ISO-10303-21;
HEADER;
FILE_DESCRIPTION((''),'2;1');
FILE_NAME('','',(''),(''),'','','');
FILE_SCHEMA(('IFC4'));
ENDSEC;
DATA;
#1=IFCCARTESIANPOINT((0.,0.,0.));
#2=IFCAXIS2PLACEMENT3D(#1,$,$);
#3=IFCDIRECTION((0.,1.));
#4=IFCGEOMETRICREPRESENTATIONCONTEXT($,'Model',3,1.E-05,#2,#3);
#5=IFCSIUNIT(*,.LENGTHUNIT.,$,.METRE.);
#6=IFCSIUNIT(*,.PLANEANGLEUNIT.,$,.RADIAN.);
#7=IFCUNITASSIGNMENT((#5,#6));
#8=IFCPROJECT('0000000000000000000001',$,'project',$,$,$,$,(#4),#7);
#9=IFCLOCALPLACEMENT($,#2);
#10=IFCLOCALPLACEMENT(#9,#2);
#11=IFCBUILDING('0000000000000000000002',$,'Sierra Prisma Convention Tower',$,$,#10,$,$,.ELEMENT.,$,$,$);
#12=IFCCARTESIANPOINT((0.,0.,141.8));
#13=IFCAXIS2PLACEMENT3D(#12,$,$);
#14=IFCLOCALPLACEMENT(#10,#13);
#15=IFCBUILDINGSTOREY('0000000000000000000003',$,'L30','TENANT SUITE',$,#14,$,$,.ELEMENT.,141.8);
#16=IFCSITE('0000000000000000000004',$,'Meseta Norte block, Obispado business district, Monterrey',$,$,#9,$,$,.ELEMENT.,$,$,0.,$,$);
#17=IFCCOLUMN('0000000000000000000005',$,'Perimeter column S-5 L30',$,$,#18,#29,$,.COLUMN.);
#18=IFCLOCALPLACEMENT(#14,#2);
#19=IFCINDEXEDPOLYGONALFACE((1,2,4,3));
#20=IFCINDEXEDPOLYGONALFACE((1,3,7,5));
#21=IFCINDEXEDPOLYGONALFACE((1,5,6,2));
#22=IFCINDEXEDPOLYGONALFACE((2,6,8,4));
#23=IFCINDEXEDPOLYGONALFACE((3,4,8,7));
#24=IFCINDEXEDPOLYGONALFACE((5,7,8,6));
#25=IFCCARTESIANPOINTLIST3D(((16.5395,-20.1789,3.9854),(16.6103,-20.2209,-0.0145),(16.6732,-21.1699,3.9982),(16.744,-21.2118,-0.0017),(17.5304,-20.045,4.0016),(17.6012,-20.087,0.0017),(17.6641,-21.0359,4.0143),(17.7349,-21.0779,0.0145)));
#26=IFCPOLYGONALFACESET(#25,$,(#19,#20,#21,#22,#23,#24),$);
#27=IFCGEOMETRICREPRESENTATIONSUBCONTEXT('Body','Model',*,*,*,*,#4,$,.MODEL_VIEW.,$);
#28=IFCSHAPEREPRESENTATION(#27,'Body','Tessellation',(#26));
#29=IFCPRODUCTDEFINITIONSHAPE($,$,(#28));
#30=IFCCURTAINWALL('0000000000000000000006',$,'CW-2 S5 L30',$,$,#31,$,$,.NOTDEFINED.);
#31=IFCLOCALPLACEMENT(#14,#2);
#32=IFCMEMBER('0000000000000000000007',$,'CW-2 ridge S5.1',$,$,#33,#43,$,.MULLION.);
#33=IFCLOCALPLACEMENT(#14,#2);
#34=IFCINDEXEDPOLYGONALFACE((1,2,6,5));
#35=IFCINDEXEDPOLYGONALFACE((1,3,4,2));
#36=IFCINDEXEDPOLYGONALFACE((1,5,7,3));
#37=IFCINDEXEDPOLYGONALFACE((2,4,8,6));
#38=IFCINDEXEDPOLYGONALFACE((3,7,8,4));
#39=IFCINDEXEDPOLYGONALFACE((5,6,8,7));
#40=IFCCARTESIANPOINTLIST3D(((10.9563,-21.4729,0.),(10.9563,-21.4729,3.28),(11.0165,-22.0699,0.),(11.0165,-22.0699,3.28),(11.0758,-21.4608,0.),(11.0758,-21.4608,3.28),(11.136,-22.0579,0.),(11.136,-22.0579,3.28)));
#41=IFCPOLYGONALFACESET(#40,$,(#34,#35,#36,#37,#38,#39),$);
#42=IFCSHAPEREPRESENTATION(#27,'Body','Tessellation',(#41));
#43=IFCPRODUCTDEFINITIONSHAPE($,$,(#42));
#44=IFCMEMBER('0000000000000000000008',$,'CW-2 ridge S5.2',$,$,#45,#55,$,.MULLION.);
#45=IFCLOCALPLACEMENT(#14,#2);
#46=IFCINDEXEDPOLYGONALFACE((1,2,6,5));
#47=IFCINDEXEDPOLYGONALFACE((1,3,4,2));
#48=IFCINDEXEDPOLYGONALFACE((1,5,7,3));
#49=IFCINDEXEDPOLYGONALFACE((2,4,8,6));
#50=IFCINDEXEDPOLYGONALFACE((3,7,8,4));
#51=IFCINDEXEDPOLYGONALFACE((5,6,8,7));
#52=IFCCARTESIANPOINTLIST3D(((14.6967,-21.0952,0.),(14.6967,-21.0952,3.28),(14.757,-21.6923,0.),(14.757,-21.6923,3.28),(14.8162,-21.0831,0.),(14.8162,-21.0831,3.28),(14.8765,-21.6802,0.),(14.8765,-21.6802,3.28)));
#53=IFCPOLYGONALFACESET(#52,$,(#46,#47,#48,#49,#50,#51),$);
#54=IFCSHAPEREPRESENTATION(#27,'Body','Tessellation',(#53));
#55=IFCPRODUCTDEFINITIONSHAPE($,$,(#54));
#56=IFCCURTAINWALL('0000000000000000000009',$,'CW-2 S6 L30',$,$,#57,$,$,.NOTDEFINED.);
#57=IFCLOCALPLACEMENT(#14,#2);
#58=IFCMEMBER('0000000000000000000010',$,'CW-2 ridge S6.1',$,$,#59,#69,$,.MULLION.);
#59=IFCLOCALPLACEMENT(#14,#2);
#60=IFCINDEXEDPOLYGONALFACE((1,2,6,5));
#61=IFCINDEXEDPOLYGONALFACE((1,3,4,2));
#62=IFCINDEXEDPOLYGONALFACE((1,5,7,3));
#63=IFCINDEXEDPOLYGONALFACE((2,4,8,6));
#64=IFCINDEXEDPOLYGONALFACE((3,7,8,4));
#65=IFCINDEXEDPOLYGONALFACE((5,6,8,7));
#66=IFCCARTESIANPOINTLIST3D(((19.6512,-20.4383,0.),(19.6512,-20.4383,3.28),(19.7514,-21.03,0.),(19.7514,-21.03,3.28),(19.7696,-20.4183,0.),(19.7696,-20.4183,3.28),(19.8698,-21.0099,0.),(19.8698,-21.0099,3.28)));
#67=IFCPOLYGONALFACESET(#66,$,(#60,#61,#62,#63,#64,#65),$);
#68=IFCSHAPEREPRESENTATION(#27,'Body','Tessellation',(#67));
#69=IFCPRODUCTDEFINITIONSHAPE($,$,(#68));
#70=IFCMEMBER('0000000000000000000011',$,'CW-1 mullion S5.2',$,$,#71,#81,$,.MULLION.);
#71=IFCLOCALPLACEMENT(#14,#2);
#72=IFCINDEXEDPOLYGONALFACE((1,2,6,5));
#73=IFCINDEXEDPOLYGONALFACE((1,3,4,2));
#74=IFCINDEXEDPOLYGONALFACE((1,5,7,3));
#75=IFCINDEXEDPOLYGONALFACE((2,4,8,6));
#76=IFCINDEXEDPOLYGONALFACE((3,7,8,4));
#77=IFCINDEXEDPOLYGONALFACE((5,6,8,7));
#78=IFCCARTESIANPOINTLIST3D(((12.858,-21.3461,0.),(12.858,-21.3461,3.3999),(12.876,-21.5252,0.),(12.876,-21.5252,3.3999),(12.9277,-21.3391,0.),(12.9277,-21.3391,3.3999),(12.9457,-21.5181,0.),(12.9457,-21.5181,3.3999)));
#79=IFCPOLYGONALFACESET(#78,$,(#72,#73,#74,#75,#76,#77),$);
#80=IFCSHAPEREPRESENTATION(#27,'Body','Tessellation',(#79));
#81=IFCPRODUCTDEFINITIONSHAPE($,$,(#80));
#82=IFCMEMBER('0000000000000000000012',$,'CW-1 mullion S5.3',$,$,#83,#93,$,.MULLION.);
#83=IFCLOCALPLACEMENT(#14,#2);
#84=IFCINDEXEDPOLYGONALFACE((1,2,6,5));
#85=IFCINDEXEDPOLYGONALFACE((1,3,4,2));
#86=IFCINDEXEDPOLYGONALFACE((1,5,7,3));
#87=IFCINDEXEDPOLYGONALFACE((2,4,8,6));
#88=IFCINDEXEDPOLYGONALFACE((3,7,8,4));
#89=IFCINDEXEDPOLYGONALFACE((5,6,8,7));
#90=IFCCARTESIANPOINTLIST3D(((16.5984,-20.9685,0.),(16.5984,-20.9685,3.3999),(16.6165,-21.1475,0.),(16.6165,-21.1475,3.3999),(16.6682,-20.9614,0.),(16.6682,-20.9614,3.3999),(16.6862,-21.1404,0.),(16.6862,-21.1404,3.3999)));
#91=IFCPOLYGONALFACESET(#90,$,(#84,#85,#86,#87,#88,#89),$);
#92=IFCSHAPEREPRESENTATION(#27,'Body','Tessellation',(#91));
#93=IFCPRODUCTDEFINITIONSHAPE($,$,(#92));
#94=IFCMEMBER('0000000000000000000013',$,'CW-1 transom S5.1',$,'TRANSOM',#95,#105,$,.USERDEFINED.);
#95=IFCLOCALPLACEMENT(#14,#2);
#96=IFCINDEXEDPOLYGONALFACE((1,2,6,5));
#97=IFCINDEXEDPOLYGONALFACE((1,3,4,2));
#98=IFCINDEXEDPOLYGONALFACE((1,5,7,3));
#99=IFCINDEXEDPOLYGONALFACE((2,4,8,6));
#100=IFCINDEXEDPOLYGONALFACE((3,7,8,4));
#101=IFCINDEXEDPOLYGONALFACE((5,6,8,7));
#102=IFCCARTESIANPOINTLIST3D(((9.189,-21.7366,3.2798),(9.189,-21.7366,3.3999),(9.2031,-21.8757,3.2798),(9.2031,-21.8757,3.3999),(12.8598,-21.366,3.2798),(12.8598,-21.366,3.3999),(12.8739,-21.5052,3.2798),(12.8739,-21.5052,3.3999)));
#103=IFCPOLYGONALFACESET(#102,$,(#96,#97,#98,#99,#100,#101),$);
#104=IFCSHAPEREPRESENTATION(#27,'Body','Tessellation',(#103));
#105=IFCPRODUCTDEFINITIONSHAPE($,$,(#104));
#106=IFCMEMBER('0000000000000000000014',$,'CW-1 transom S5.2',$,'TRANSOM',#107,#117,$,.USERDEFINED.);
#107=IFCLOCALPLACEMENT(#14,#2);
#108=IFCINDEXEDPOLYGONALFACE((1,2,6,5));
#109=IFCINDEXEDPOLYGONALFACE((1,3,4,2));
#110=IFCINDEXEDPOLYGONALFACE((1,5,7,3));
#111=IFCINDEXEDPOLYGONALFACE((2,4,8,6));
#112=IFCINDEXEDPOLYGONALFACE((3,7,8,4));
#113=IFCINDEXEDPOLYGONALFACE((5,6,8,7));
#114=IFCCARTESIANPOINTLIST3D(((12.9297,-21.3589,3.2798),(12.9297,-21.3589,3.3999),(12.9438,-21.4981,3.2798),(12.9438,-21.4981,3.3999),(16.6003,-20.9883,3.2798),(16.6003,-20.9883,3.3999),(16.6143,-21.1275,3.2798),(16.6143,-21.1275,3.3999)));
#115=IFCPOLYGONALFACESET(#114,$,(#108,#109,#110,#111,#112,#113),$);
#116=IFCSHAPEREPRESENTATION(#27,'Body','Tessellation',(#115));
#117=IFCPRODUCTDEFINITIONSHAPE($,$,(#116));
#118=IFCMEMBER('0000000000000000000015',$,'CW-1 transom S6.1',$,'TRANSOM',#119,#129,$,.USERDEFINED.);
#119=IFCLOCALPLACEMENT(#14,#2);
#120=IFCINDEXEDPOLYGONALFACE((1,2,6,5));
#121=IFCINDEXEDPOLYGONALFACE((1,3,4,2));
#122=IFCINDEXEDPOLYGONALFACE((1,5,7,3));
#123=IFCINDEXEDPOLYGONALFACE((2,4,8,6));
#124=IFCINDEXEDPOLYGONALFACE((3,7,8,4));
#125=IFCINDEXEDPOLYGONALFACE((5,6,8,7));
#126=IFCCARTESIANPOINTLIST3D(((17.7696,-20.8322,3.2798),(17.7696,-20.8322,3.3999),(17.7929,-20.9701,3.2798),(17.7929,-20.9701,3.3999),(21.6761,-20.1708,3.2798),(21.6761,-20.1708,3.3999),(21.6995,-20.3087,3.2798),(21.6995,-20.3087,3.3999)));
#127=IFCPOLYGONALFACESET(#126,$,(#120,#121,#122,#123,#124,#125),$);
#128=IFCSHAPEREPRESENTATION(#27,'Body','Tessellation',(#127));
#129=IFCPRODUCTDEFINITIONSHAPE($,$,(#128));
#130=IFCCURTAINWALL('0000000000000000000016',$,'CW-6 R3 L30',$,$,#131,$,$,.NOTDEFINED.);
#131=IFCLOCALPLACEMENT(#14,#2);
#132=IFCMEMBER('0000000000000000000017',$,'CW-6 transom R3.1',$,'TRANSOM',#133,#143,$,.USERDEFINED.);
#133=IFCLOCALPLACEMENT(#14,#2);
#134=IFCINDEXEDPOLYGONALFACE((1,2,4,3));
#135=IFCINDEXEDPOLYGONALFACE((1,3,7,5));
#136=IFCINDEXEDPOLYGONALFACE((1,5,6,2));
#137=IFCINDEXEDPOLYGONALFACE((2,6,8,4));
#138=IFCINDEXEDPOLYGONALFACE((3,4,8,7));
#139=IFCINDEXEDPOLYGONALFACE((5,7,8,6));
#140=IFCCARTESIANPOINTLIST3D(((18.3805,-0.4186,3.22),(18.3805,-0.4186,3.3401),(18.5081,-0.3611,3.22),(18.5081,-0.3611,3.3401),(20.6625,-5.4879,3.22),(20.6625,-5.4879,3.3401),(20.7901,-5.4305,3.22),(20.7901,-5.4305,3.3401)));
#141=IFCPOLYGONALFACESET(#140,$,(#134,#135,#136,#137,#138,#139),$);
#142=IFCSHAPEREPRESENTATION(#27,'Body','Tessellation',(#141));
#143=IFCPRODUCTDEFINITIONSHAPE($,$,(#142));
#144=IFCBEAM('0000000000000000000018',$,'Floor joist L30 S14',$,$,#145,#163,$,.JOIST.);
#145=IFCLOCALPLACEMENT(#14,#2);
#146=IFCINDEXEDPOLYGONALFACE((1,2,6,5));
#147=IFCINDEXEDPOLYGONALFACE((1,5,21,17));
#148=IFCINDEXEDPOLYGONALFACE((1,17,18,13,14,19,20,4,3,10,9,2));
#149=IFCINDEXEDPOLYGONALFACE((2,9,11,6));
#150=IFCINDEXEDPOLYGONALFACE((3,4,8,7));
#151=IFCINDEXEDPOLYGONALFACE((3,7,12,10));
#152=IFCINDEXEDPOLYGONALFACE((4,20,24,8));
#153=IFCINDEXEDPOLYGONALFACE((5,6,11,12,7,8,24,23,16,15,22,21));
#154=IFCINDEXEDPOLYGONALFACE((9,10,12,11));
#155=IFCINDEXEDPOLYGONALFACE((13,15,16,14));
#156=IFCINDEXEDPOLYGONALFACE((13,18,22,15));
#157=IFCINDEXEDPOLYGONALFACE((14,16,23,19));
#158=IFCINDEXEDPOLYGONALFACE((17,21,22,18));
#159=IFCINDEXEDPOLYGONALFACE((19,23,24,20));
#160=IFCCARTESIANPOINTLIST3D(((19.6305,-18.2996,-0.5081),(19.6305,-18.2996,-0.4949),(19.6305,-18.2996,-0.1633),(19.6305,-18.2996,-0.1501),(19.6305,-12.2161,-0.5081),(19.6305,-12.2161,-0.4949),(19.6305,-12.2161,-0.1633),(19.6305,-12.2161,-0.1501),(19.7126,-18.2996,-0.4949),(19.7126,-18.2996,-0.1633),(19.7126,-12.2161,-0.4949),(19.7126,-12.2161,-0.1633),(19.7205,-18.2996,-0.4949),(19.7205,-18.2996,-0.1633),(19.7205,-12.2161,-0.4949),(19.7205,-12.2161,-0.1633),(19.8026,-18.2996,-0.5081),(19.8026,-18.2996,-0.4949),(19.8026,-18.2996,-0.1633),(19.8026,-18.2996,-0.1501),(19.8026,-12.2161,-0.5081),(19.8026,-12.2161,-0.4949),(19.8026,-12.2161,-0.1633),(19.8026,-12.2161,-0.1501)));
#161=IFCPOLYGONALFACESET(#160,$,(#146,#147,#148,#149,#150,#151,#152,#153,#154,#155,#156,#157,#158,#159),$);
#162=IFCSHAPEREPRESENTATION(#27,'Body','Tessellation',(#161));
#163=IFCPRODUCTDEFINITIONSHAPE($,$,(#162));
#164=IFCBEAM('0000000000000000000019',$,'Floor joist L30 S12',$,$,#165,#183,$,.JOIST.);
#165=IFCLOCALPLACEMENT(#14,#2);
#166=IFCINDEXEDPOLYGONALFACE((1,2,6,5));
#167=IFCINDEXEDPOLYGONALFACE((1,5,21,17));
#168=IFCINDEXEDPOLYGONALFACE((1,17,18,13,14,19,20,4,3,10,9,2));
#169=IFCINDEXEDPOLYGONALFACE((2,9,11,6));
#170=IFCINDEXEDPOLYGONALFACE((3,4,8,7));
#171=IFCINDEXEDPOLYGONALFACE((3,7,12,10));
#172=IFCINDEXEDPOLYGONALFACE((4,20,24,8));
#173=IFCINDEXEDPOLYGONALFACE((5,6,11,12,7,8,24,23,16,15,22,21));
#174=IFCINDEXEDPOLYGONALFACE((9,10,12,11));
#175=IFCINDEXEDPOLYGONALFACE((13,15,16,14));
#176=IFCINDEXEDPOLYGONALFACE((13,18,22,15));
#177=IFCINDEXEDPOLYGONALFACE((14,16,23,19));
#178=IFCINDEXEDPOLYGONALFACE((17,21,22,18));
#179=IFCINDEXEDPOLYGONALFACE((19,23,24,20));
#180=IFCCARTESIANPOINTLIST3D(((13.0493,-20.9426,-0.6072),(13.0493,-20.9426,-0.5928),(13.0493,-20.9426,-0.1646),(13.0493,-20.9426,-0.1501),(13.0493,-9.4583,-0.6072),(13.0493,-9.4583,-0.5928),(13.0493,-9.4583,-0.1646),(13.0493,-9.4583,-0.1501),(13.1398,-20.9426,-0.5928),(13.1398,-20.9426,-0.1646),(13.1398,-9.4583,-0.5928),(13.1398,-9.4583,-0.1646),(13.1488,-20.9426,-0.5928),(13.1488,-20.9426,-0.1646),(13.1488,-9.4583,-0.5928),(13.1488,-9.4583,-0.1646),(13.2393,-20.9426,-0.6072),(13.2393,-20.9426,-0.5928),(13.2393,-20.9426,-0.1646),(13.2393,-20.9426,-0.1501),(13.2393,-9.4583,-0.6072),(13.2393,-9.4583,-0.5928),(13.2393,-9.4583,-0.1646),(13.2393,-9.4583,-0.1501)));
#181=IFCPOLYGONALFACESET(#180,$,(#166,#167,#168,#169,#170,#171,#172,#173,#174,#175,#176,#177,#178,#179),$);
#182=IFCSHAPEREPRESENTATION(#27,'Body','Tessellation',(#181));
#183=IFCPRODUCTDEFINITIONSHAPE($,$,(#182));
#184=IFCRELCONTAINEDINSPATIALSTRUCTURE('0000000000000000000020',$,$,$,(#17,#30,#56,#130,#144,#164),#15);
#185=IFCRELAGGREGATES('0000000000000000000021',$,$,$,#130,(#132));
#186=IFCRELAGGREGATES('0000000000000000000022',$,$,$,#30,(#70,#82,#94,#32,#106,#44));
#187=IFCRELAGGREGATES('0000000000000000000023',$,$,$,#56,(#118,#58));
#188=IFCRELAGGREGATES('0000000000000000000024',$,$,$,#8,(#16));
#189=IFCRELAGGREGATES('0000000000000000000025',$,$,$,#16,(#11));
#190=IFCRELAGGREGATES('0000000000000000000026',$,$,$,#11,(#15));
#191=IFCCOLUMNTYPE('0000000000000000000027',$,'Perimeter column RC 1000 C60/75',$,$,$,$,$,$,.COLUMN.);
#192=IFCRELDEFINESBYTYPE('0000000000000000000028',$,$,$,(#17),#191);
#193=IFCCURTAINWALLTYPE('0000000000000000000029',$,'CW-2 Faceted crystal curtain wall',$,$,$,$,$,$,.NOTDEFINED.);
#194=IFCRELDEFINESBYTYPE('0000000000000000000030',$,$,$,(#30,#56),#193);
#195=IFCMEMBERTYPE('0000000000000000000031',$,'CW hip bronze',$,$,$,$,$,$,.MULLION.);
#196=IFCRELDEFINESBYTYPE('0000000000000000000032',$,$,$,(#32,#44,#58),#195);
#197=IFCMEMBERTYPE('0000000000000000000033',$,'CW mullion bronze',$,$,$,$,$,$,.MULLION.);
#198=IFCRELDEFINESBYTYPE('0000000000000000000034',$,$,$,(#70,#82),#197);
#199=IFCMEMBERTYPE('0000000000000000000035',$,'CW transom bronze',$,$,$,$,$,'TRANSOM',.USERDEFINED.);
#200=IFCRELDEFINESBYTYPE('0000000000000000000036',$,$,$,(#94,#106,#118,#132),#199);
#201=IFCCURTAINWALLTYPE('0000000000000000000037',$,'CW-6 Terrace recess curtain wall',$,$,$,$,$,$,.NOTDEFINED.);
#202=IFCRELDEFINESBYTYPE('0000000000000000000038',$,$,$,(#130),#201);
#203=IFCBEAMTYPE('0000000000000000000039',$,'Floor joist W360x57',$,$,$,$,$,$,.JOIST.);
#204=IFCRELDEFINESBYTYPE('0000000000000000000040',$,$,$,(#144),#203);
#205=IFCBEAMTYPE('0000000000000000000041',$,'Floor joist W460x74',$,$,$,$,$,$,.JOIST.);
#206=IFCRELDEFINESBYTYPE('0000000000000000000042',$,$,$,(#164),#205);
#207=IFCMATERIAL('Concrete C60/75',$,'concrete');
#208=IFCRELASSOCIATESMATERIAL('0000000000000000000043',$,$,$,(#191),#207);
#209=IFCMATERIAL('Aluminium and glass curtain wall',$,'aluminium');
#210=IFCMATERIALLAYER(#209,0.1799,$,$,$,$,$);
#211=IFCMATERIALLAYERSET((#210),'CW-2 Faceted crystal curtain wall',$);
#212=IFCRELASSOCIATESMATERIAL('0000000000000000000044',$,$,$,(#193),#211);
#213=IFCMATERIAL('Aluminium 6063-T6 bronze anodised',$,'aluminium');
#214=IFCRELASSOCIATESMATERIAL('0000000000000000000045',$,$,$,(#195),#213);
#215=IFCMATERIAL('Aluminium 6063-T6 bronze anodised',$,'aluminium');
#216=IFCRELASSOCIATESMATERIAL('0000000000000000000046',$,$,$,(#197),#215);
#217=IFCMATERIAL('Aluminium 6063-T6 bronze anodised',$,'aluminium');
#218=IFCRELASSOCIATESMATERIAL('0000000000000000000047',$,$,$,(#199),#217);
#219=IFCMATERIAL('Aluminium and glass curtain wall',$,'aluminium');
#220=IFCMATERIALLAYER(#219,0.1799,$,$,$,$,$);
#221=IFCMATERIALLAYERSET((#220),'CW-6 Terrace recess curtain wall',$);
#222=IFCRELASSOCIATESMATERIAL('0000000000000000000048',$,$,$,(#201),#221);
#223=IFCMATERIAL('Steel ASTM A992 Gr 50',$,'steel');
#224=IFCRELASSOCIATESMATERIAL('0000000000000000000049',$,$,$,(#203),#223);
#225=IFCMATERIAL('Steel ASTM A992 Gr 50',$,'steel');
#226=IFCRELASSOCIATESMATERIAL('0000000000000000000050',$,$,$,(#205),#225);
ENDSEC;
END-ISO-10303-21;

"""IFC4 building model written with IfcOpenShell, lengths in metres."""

from ifc_helpers import new_model, si_unit, direction, frame, origin, origin_2d, place, context, subcontext, project, spatial, rectangle, i_section, extrude, material, layer, layer_set, material_profile, profile_set, type_object, element, aggregate, save


model = new_model("IFC4")

# Units and contexts
model_context = context("Model", 3, precision=1e-05, world=origin(), true_north=direction((0.0, 1.0)))
body_context = subcontext(model_context, "Body", "Model", "MODEL_VIEW")
ifc_project = project(units=[si_unit("LENGTHUNIT", "METRE"), si_unit("PLANEANGLEUNIT", "RADIAN")], contexts=[model_context])

# Site, building, storey
site_placement = place(None, origin())
site = spatial("IfcSite", under=ifc_project, at=site_placement, Name="Meseta Norte block, Obispado business district, Monterrey", CompositionType="ELEMENT", RefElevation=0.0)
building_placement = place(site_placement, origin())
building = spatial("IfcBuilding", under=site, at=building_placement, Name="Sierra Prisma Convention Tower", CompositionType="ELEMENT")
storey_placement = place(building_placement, frame((0.0, 0.0, 141.8)))
storey = spatial("IfcBuildingStorey", under=building, at=storey_placement, Name="L30", Description="TENANT SUITE", CompositionType="ELEMENT", Elevation=141.8)

# Column
ifc_material_1 = material(Name="Concrete C60/75", Category="concrete")
ifc_material_profile_1 = material_profile(ifc_material_1, rectangle(XDim=1.0, YDim=1.0, at=origin_2d()), Name="Perimeter column RC 1000 C60/75")
ifc_profile_set_1 = profile_set([ifc_material_profile_1], Name="Concrete C60/75")
column_type = type_object("IfcColumnType", Name="Perimeter column RC 1000 C60/75", PredefinedType="COLUMN", material=ifc_profile_set_1)
column_placement = place(storey_placement, frame((17.1726, -20.6494, 0.0), z_axis=(-0.017696, 0.010496, 0.999788), x_axis=(0.990861, 0.133919, 0.016133)))
element("IfcColumn", 1, at=column_placement, inside=storey, type_object=column_type, Name="Perimeter column S-5 L30", PredefinedType="COLUMN", context=body_context, shape_type="SweptSolid", body=[
    extrude(rectangle(XDim=1.0, YDim=1.0, at=origin_2d()), origin(), (0.0, 0.0, 1.0), 4.0007),
])

# Curtain wall, members
ifc_material_2 = material(Name="Aluminium and glass curtain wall", Category="aluminium")
ifc_layer_1 = layer(ifc_material_2, 0.1799)
ifc_layer_set_1 = layer_set([ifc_layer_1], Name="CW-2 Faceted crystal curtain wall")
curtain_wall_type_1 = type_object("IfcCurtainWallType", Name="CW-2 Faceted crystal curtain wall", PredefinedType="NOTDEFINED", material=ifc_layer_set_1)
curtain_wall_1_placement = place(storey_placement, origin())
curtain_wall_1 = element("IfcCurtainWall", 2, at=curtain_wall_1_placement, inside=storey, type_object=curtain_wall_type_1, Name="CW-2 S5 L30", PredefinedType="NOTDEFINED")
ifc_material_3 = material(Name="Aluminium 6063-T6 bronze anodised", Category="aluminium")
ifc_material_profile_2 = material_profile(ifc_material_3, rectangle(XDim=0.1201, YDim=0.6001, at=origin_2d()), Name="ALU RIDGE BLADE 120x600")
ifc_profile_set_2 = profile_set([ifc_material_profile_2], Name="Aluminium 6063-T6 bronze anodised")
member_type_1 = type_object("IfcMemberType", Name="CW hip bronze", PredefinedType="MULLION", material=ifc_profile_set_2)
member_1_placement = place(storey_placement, frame((11.0461, -21.7654, 0.0), z_axis=(0.0, 0.0, 1.0), x_axis=(0.994943, 0.100439, 0.0)))
member_1 = element("IfcMember", 3, at=member_1_placement, type_object=member_type_1, Name="CW-2 ridge S5.1", PredefinedType="MULLION", context=body_context, shape_type="SweptSolid", body=[
    extrude(rectangle(XDim=0.1201, YDim=0.6001, at=origin_2d()), origin(), (0.0, 0.0, 1.0), 3.28),
])
member_2_placement = place(storey_placement, frame((14.7866, -21.3877, 0.0), z_axis=(0.0, 0.0, 1.0), x_axis=(0.994943, 0.100439, 0.0)))
member_2 = element("IfcMember", 4, at=member_2_placement, type_object=member_type_1, Name="CW-2 ridge S5.2", PredefinedType="MULLION", context=body_context, shape_type="SweptSolid", body=[
    extrude(rectangle(XDim=0.1201, YDim=0.6001, at=origin_2d()), origin(), (0.0, 0.0, 1.0), 3.28),
])

# Curtain wall, member
curtain_wall_2_placement = place(storey_placement, origin())
curtain_wall_2 = element("IfcCurtainWall", 5, at=curtain_wall_2_placement, inside=storey, type_object=curtain_wall_type_1, Name="CW-2 S6 L30", PredefinedType="NOTDEFINED")
member_3_placement = place(storey_placement, frame((19.7605, -20.7241, 0.0), z_axis=(0.0, 0.0, 1.0), x_axis=(0.985975, 0.166896, 0.0)))
member_3 = element("IfcMember", 6, at=member_3_placement, type_object=member_type_1, Name="CW-2 ridge S6.1", PredefinedType="MULLION", context=body_context, shape_type="SweptSolid", body=[
    extrude(rectangle(XDim=0.1201, YDim=0.6001, at=origin_2d()), origin(), (0.0, 0.0, 1.0), 3.28),
])

# Members
ifc_material_4 = material(Name="Aluminium 6063-T6 bronze anodised", Category="aluminium")
ifc_material_profile_3 = material_profile(ifc_material_4, rectangle(XDim=0.1799, YDim=0.0701, at=origin_2d()), Name="ALU MULLION 70x180")
ifc_profile_set_3 = profile_set([ifc_material_profile_3], Name="Aluminium 6063-T6 bronze anodised")
member_type_2 = type_object("IfcMemberType", Name="CW mullion bronze", PredefinedType="MULLION", material=ifc_profile_set_3)
member_4_placement = place(storey_placement, frame((12.9019, -21.4321, 0.0), z_axis=(0.0, 0.0, 1.0), x_axis=(-0.100439, 0.994943, 0.0)))
member_4 = element("IfcMember", 7, at=member_4_placement, type_object=member_type_2, Name="CW-1 mullion S5.2", PredefinedType="MULLION", context=body_context, shape_type="SweptSolid", body=[
    extrude(rectangle(XDim=0.1799, YDim=0.0701, at=origin_2d()), origin(), (0.0, 0.0, 1.0), 3.3999),
])
member_5_placement = place(storey_placement, frame((16.6423, -21.0544, 0.0), z_axis=(0.0, 0.0, 1.0), x_axis=(-0.100439, 0.994943, 0.0)))
member_5 = element("IfcMember", 8, at=member_5_placement, type_object=member_type_2, Name="CW-1 mullion S5.3", PredefinedType="MULLION", context=body_context, shape_type="SweptSolid", body=[
    extrude(rectangle(XDim=0.1799, YDim=0.0701, at=origin_2d()), origin(), (0.0, 0.0, 1.0), 3.3999),
])
ifc_material_5 = material(Name="Aluminium 6063-T6 bronze anodised", Category="aluminium")
ifc_material_profile_4 = material_profile(ifc_material_5, rectangle(XDim=0.1399, YDim=0.1201, at=origin_2d()), Name="ALU TRANSOM 120x140")
ifc_profile_set_4 = profile_set([ifc_material_profile_4], Name="Aluminium 6063-T6 bronze anodised")
member_type_3 = type_object("IfcMemberType", Name="CW transom bronze", ElementType="TRANSOM", PredefinedType="USERDEFINED", material=ifc_profile_set_4)
member_6_placement = place(storey_placement, frame((9.196, -21.8062, 3.3398), z_axis=(0.994942, 0.100447, 0.0), x_axis=(-0.100447, 0.994942, 0.0)))
member_6 = element("IfcMember", 9, at=member_6_placement, type_object=member_type_3, Name="CW-1 transom S5.1", ObjectType="TRANSOM", PredefinedType="USERDEFINED", context=body_context, shape_type="SweptSolid", body=[
    extrude(rectangle(XDim=0.1399, YDim=0.1201, at=origin_2d()), origin(), (0.0, 0.0, 1.0), 3.6895),
])
member_7_placement = place(storey_placement, frame((12.9368, -21.4285, 3.3398), z_axis=(0.994942, 0.100454, 0.0), x_axis=(-0.100454, 0.994942, 0.0)))
member_7 = element("IfcMember", 10, at=member_7_placement, type_object=member_type_3, Name="CW-1 transom S5.2", ObjectType="TRANSOM", PredefinedType="USERDEFINED", context=body_context, shape_type="SweptSolid", body=[
    extrude(rectangle(XDim=0.1399, YDim=0.1201, at=origin_2d()), origin(), (0.0, 0.0, 1.0), 3.6892),
])
member_8_placement = place(storey_placement, frame((17.7812, -20.9011, 3.3398), z_axis=(0.985969, 0.166927, 0.0), x_axis=(-0.166927, 0.985969, 0.0)))
member_8 = element("IfcMember", 11, at=member_8_placement, type_object=member_type_3, Name="CW-1 transom S6.1", ObjectType="TRANSOM", PredefinedType="USERDEFINED", context=body_context, shape_type="SweptSolid", body=[
    extrude(rectangle(XDim=0.1399, YDim=0.1201, at=origin_2d()), origin(), (0.0, 0.0, 1.0), 3.9622),
])

# Curtain wall, member
ifc_material_6 = material(Name="Aluminium and glass curtain wall", Category="aluminium")
ifc_layer_2 = layer(ifc_material_6, 0.1799)
ifc_layer_set_2 = layer_set([ifc_layer_2], Name="CW-6 Terrace recess curtain wall")
curtain_wall_type_2 = type_object("IfcCurtainWallType", Name="CW-6 Terrace recess curtain wall", PredefinedType="NOTDEFINED", material=ifc_layer_set_2)
curtain_wall_3_placement = place(storey_placement, origin())
curtain_wall_3 = element("IfcCurtainWall", 12, at=curtain_wall_3_placement, inside=storey, type_object=curtain_wall_type_2, Name="CW-6 R3 L30", PredefinedType="NOTDEFINED")
member_9_placement = place(storey_placement, frame((20.7263, -5.4592, 3.28), z_axis=(-0.410482, 0.911869, 0.0), x_axis=(-0.911869, -0.410482, 0.0)))
member_9 = element("IfcMember", 13, at=member_9_placement, type_object=member_type_3, Name="CW-6 transom R3.1", ObjectType="TRANSOM", PredefinedType="USERDEFINED", context=body_context, shape_type="SweptSolid", body=[
    extrude(rectangle(XDim=0.1399, YDim=0.1201, at=origin_2d()), origin(), (0.0, 0.0, 1.0), 5.5593),
])
aggregate(curtain_wall_3, [member_9])

# Beams
ifc_material_7 = material(Name="Steel ASTM A992 Gr 50", Category="steel")
ifc_material_profile_5 = material_profile(ifc_material_7, i_section(OverallWidth=0.1721, OverallDepth=0.3579, WebThickness=0.0078, FlangeThickness=0.0132, at=origin_2d()), Name="W360x57")
ifc_profile_set_5 = profile_set([ifc_material_profile_5], Name="Steel ASTM A992 Gr 50")
beam_type_1 = type_object("IfcBeamType", Name="Floor joist W360x57", PredefinedType="JOIST", material=ifc_profile_set_5)
beam_1_placement = place(storey_placement, frame((19.7166, -18.2996, -0.3291), z_axis=(0.0, 1.0, 0.0), x_axis=(-1.0, 0.0, 0.0)))
element("IfcBeam", 14, at=beam_1_placement, inside=storey, type_object=beam_type_1, Name="Floor joist L30 S14", PredefinedType="JOIST", context=body_context, shape_type="SweptSolid", body=[
    extrude(i_section(OverallWidth=0.1721, OverallDepth=0.3579, WebThickness=0.0078, FlangeThickness=0.0132, at=origin_2d()), origin(), (0.0, 0.0, 1.0), 6.0835),
])
ifc_material_8 = material(Name="Steel ASTM A992 Gr 50", Category="steel")
ifc_material_profile_6 = material_profile(ifc_material_8, i_section(OverallWidth=0.1899, OverallDepth=0.457, WebThickness=0.009, FlangeThickness=0.0144, at=origin_2d()), Name="W460x74")
ifc_profile_set_6 = profile_set([ifc_material_profile_6], Name="Steel ASTM A992 Gr 50")
beam_type_2 = type_object("IfcBeamType", Name="Floor joist W460x74", PredefinedType="JOIST", material=ifc_profile_set_6)
beam_2_placement = place(storey_placement, frame((13.1443, -20.9426, -0.3787), z_axis=(0.0, 1.0, 0.0), x_axis=(-1.0, 0.0, 0.0)))
element("IfcBeam", 15, at=beam_2_placement, inside=storey, type_object=beam_type_2, Name="Floor joist L30 S12", PredefinedType="JOIST", context=body_context, shape_type="SweptSolid", body=[
    extrude(i_section(OverallWidth=0.1899, OverallDepth=0.457, WebThickness=0.009, FlangeThickness=0.0144, at=origin_2d()), origin(), (0.0, 0.0, 1.0), 11.4844),
])

aggregate(curtain_wall_1, [member_4, member_5, member_6, member_1, member_7, member_2])
aggregate(curtain_wall_2, [member_8, member_3])

save(model, "model.ifc")
